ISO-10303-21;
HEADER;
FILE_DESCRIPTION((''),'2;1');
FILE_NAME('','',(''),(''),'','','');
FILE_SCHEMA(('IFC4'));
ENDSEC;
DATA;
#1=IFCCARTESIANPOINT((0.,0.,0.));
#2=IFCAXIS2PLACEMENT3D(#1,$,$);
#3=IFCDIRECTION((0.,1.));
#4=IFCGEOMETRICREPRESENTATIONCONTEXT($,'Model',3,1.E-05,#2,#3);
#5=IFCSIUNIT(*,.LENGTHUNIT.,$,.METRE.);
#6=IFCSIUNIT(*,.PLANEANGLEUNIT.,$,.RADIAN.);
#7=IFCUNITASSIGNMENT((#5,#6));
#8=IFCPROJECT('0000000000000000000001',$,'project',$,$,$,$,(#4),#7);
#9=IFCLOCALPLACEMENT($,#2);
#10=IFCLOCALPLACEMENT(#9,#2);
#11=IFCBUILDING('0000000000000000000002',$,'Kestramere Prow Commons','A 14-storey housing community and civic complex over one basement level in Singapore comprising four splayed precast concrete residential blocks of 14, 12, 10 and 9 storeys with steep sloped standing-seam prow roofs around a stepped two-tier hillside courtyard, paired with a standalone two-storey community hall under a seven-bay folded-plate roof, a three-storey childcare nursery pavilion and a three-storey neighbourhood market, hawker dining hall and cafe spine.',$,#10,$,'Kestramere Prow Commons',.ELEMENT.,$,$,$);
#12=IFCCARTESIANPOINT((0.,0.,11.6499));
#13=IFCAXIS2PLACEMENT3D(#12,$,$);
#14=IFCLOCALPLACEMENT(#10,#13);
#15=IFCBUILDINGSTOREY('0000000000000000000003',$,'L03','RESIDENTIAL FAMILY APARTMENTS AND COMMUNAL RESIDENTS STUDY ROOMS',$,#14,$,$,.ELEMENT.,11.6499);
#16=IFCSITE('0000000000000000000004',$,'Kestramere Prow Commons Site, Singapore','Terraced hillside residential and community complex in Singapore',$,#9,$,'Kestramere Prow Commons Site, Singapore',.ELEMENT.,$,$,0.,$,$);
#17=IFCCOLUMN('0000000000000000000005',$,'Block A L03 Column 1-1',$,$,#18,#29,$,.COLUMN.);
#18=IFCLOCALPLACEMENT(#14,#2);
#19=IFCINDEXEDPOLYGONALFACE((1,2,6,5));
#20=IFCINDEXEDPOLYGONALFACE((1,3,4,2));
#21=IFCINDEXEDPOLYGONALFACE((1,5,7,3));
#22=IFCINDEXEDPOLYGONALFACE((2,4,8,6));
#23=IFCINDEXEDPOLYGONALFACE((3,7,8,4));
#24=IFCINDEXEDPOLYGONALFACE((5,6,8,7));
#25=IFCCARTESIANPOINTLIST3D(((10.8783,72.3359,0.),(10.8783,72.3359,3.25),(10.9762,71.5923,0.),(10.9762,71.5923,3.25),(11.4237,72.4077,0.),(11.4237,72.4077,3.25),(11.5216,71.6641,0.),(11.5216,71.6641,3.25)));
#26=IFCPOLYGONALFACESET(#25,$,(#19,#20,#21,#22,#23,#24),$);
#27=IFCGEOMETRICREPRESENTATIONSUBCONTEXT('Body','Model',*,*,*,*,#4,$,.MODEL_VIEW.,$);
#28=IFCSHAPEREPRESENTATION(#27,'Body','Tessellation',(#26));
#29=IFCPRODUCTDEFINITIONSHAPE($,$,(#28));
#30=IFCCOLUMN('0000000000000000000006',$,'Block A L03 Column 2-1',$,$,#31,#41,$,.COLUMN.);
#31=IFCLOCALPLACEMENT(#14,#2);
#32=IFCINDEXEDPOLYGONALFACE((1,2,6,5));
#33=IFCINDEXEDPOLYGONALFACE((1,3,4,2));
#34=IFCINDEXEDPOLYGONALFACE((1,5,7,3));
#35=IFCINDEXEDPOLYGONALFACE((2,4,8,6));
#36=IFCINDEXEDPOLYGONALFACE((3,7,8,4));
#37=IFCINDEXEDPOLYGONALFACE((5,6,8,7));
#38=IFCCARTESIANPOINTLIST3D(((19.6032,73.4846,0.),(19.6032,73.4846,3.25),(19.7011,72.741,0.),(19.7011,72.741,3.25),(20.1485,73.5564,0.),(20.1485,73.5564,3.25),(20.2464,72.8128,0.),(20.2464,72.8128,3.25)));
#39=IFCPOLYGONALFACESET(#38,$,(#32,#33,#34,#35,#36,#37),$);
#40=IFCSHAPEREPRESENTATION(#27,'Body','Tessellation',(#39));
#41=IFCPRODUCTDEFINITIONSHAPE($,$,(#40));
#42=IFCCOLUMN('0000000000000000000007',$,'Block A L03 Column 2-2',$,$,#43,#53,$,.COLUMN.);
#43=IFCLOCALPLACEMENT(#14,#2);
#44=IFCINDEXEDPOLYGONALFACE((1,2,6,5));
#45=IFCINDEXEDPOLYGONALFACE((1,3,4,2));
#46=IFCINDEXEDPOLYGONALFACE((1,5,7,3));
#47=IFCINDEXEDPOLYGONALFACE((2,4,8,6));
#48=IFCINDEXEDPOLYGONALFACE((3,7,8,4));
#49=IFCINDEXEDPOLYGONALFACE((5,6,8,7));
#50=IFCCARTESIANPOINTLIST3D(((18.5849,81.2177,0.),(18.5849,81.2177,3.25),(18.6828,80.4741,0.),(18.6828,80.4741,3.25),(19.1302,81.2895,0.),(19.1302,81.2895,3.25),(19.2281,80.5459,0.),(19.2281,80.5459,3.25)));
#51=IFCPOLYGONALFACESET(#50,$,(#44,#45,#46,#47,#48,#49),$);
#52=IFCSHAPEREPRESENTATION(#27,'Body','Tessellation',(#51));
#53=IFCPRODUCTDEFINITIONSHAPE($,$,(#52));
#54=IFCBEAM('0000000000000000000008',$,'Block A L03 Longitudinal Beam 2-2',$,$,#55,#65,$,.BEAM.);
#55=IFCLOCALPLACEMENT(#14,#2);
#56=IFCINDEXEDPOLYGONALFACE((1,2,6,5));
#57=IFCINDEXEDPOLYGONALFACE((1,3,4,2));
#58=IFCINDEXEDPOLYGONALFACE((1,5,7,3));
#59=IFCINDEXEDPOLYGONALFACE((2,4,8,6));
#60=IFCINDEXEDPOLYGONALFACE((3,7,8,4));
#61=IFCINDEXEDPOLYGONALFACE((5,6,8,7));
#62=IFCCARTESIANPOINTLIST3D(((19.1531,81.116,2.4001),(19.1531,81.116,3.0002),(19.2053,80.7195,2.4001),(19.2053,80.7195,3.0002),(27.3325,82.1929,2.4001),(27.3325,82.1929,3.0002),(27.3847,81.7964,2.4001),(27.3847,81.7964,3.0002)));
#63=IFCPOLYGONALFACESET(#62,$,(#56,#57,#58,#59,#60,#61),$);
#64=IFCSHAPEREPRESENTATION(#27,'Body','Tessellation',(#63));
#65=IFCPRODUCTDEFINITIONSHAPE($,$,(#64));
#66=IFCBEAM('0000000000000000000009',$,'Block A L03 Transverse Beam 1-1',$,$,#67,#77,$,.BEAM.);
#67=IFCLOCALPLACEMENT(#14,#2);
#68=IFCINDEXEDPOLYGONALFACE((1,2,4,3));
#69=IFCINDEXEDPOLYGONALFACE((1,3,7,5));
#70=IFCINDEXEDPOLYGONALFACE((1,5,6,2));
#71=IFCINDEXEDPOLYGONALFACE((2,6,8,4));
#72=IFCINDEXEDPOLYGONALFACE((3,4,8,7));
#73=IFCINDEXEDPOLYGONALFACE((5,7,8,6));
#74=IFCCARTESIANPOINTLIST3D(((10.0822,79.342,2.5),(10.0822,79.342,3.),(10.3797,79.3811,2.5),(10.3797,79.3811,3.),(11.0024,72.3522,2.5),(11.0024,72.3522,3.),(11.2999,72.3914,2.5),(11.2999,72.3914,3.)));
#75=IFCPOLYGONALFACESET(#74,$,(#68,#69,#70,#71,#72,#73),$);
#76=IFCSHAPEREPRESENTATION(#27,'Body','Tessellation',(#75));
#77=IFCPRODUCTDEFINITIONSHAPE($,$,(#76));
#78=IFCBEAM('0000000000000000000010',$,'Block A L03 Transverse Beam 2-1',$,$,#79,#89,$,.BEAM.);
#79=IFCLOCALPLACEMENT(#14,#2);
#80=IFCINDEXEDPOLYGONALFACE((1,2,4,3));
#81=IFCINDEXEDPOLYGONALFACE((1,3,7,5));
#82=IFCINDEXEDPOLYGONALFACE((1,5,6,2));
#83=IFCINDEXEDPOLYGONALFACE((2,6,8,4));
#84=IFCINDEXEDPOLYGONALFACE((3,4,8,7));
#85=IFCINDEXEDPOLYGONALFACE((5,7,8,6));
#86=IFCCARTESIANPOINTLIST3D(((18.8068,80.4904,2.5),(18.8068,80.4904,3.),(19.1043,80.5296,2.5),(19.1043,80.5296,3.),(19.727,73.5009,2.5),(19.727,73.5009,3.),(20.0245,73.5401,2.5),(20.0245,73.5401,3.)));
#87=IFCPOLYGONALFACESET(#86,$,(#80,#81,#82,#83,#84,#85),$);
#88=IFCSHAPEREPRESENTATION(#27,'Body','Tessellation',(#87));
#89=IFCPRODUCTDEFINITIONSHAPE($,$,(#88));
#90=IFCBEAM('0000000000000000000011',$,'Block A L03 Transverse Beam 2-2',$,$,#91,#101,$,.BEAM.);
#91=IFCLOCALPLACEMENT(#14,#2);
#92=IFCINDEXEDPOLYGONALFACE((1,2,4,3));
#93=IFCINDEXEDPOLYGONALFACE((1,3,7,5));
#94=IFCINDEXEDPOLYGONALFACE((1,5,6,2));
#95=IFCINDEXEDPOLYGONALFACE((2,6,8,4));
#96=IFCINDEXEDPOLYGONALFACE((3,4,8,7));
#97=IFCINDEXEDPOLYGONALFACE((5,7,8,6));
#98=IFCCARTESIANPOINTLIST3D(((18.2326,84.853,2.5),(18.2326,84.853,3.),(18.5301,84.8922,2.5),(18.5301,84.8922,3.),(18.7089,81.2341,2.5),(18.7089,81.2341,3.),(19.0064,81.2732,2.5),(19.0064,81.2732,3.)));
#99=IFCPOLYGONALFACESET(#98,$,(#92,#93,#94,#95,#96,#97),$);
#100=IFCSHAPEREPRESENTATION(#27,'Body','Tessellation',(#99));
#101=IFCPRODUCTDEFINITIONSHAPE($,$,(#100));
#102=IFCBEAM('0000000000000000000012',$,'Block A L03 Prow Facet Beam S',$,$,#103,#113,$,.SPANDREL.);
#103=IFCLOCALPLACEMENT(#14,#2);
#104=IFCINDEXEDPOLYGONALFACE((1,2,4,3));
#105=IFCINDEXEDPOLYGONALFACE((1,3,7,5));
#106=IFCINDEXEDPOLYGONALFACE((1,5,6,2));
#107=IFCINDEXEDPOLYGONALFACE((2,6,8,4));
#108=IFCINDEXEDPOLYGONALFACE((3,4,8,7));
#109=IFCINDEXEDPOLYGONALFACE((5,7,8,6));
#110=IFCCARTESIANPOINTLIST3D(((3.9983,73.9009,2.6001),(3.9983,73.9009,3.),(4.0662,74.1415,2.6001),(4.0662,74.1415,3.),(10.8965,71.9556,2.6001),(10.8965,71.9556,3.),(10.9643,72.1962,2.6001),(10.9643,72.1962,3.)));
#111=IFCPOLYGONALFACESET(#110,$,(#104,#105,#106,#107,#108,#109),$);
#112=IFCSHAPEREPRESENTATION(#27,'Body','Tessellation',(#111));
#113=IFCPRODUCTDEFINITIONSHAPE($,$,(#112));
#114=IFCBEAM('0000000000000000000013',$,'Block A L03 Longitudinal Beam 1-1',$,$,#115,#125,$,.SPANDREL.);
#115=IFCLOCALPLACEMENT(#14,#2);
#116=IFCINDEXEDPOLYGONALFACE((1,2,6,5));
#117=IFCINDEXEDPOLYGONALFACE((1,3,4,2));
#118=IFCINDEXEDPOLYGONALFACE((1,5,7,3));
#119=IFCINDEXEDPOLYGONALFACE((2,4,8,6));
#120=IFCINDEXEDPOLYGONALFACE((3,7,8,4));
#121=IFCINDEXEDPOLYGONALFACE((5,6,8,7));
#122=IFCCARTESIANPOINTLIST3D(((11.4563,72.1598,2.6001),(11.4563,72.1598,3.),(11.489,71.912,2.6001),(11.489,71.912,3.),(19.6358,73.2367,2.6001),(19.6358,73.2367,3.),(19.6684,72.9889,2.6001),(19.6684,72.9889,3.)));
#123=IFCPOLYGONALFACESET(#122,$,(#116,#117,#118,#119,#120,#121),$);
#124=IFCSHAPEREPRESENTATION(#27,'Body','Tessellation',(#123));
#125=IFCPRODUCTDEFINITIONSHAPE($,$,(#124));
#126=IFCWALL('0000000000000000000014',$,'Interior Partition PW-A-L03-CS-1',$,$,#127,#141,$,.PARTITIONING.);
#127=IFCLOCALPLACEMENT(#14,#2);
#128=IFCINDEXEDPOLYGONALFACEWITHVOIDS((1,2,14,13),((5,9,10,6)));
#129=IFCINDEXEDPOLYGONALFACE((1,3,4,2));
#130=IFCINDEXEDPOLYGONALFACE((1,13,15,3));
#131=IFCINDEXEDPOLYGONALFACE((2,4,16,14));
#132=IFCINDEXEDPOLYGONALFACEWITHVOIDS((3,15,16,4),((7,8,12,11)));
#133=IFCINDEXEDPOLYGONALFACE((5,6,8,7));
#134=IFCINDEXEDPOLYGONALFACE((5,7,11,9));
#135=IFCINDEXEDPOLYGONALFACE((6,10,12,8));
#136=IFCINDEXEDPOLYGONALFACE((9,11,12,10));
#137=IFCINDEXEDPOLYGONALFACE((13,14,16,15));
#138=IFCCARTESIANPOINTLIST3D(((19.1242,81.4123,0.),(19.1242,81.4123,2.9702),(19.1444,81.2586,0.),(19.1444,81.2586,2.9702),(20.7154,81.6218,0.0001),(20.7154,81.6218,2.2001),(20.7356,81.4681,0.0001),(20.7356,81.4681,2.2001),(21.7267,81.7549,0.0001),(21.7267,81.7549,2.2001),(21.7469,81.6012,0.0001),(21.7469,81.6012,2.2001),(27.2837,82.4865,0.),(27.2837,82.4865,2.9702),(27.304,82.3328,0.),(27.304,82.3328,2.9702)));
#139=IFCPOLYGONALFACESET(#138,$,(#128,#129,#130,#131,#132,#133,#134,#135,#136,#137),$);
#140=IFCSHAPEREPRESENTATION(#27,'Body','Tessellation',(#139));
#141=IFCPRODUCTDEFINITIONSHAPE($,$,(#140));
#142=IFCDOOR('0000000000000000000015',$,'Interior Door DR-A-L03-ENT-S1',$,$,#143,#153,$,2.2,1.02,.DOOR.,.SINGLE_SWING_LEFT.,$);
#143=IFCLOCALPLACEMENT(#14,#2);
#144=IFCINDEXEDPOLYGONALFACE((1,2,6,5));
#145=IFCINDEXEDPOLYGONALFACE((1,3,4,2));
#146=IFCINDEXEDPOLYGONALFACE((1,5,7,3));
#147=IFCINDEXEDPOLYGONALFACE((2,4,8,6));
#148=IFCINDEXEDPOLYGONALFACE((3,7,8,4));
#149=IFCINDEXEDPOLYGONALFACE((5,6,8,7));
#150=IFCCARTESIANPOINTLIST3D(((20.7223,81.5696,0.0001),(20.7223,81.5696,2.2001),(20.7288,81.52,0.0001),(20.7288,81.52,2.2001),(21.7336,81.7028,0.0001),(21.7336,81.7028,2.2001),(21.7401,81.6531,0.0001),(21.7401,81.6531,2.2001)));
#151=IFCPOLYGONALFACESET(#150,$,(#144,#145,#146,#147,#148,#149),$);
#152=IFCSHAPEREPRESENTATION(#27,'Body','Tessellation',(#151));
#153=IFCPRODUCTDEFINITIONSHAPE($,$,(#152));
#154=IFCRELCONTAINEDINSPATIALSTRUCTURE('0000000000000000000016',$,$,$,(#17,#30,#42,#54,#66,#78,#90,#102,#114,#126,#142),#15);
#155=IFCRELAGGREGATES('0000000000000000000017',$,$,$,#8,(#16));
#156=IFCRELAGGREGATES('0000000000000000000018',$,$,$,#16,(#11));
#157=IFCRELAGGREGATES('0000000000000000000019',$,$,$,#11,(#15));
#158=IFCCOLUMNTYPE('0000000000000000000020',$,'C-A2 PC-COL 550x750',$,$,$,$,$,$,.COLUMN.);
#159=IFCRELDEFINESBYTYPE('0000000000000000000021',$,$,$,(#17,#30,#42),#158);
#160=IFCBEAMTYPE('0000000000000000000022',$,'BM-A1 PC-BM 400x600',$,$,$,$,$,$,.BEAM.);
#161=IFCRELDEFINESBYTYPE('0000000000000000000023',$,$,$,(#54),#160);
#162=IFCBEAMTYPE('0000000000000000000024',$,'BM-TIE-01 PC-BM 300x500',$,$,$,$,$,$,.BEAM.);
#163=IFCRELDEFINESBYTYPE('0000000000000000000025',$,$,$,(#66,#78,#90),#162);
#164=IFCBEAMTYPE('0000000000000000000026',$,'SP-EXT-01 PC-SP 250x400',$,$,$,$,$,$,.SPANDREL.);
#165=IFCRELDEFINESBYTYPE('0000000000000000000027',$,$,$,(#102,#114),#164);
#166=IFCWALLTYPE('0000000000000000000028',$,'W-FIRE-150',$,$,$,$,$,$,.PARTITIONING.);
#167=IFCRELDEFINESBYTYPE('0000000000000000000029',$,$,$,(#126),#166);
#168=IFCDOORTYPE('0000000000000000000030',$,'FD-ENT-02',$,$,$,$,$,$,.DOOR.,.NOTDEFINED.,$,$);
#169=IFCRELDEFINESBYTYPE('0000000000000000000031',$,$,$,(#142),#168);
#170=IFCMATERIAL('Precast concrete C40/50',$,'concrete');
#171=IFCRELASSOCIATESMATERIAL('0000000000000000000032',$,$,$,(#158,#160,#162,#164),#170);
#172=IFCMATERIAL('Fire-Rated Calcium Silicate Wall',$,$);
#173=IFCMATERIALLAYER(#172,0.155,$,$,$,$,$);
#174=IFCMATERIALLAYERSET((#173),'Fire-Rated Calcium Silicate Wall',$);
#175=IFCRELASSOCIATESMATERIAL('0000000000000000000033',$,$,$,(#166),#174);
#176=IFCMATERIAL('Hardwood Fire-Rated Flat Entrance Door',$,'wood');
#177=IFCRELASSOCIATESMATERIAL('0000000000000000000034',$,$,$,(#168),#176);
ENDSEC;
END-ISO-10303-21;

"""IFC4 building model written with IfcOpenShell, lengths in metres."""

from ifc_helpers import new_model, si_unit, direction, frame, frame_2d, origin, origin_2d, place, context, subcontext, project, spatial, rectangle, extrude, material, layer, layer_set, material_profile, profile_set, type_object, element, fill, save


model = new_model("IFC4")

# Units and contexts
model_context = context("Model", 3, precision=1e-05, world=origin(), true_north=direction((0.0, 1.0)))
body_context = subcontext(model_context, "Body", "Model", "MODEL_VIEW")
ifc_project = project(units=[si_unit("LENGTHUNIT", "METRE"), si_unit("PLANEANGLEUNIT", "RADIAN")], contexts=[model_context])

# Site, building, storey
site_placement = place(None, origin())
site = spatial("IfcSite", under=ifc_project, at=site_placement, Name="Kestramere Prow Commons Site, Singapore", Description="Terraced hillside residential and community complex in Singapore", LongName="Kestramere Prow Commons Site, Singapore", CompositionType="ELEMENT", RefElevation=0.0)
building_placement = place(site_placement, origin())
building = spatial("IfcBuilding", under=site, at=building_placement, Name="Kestramere Prow Commons", Description="A 14-storey housing community and civic complex over one basement level in Singapore comprising four splayed precast concrete residential blocks of 14, 12, 10 and 9 storeys with steep sloped standing-seam prow roofs around a stepped two-tier hillside courtyard, paired with a standalone two-storey community hall under a seven-bay folded-plate roof, a three-storey childcare nursery pavilion and a three-storey neighbourhood market, hawker dining hall and cafe spine.", LongName="Kestramere Prow Commons", CompositionType="ELEMENT")
storey_placement = place(building_placement, frame((0.0, 0.0, 11.6499)))
storey = spatial("IfcBuildingStorey", under=building, at=storey_placement, Name="L03", Description="RESIDENTIAL FAMILY APARTMENTS AND COMMUNAL RESIDENTS STUDY ROOMS", CompositionType="ELEMENT", Elevation=11.6499)

# Columns
ifc_material_1 = material(Name="Precast concrete C40/50", Category="concrete")
ifc_material_profile_1 = material_profile(ifc_material_1, rectangle(XDim=0.55, YDim=0.75, at=origin_2d()), Name="PC-COL 550x750")
ifc_profile_set_1 = profile_set([ifc_material_profile_1], Name="Precast concrete C40/50")
column_type = type_object("IfcColumnType", Name="C-A2 PC-COL 550x750", PredefinedType="COLUMN", material=ifc_profile_set_1)
for number, where, z_axis, x_axis, name in (
    (1, (11.2, 72.0, 0.0), (0.0, 0.0, 1.0), (0.991445, 0.130526, 0.0), "Block A L03 Column 1-1"),
    (2, (19.9248, 73.1487, 0.0), (0.0, 0.0, 1.0), (0.991445, 0.130526, 0.0), "Block A L03 Column 2-1"),
    (3, (18.9065, 80.8818, 0.0), (0.0, 0.0, 1.0), (0.991445, 0.130526, 0.0), "Block A L03 Column 2-2"),
):
    element("IfcColumn", number, at=place(storey_placement, frame(where, z_axis=z_axis, x_axis=x_axis)), inside=storey, type_object=column_type, Name=name, PredefinedType="COLUMN", context=body_context, shape_type="SweptSolid", body=[
        extrude(rectangle(XDim=0.55, YDim=0.75, at=origin_2d()), origin(), (0.0, 0.0, 1.0), 3.25),
    ])

# Beams
ifc_material_profile_2 = material_profile(ifc_material_1, rectangle(XDim=0.3999, YDim=0.6001, at=origin_2d()), Name="PC-BM 400x600")
ifc_profile_set_2 = profile_set([ifc_material_profile_2], Name="Precast concrete C40/50")
beam_type_1 = type_object("IfcBeamType", Name="BM-A1 PC-BM 400x600", PredefinedType="BEAM", material=ifc_profile_set_2)
beam_1_placement = place(storey_placement, frame((19.1792, 80.9177, 2.7002), z_axis=(0.991444, 0.130533, 0.0), x_axis=(-0.130533, 0.991444, 0.0)))
element("IfcBeam", 4, at=beam_1_placement, inside=storey, type_object=beam_type_1, Name="Block A L03 Longitudinal Beam 2-2", PredefinedType="BEAM", context=body_context, shape_type="SweptSolid", body=[
    extrude(rectangle(XDim=0.3999, YDim=0.6001, at=origin_2d()), origin(), (0.0, 0.0, 1.0), 8.25),
])
ifc_material_profile_3 = material_profile(ifc_material_1, rectangle(XDim=0.3, YDim=0.5, at=origin_2d()), Name="PC-BM 300x500")
ifc_profile_set_3 = profile_set([ifc_material_profile_3], Name="Precast concrete C40/50")
beam_type_2 = type_object("IfcBeamType", Name="BM-TIE-01 PC-BM 300x500", PredefinedType="BEAM", material=ifc_profile_set_3)
beam_2_placement = place(storey_placement, frame((11.1511, 72.3718, 2.75), z_axis=(-0.130519, 0.991446, 0.0), x_axis=(-0.991446, -0.130519, 0.0)))
element("IfcBeam", 5, at=beam_2_placement, inside=storey, type_object=beam_type_2, Name="Block A L03 Transverse Beam 1-1", PredefinedType="BEAM", context=body_context, shape_type="SweptSolid", body=[
    extrude(rectangle(XDim=0.3, YDim=0.5, at=origin_2d()), origin(), (0.0, 0.0, 1.0), 7.05),
])
beam_3_placement = place(storey_placement, frame((19.8757, 73.5205, 2.75), z_axis=(-0.130523, 0.991445, 0.0), x_axis=(-0.991445, -0.130523, 0.0)))
element("IfcBeam", 6, at=beam_3_placement, inside=storey, type_object=beam_type_2, Name="Block A L03 Transverse Beam 2-1", PredefinedType="BEAM", context=body_context, shape_type="SweptSolid", body=[
    extrude(rectangle(XDim=0.3, YDim=0.5, at=origin_2d()), origin(), (0.0, 0.0, 1.0), 7.0498),
])
beam_4_placement = place(storey_placement, frame((18.8577, 81.2537, 2.75), z_axis=(-0.130494, 0.991449, 0.0), x_axis=(-0.991449, -0.130494, 0.0)))
element("IfcBeam", 7, at=beam_4_placement, inside=storey, type_object=beam_type_2, Name="Block A L03 Transverse Beam 2-2", PredefinedType="BEAM", context=body_context, shape_type="SweptSolid", body=[
    extrude(rectangle(XDim=0.3, YDim=0.5, at=origin_2d()), origin(), (0.0, 0.0, 1.0), 3.6501),
])
ifc_material_profile_4 = material_profile(ifc_material_1, rectangle(XDim=0.25, YDim=0.3999, at=origin_2d()), Name="PC-SP 250x400")
ifc_profile_set_4 = profile_set([ifc_material_profile_4], Name="Precast concrete C40/50")
beam_type_3 = type_object("IfcBeamType", Name="SP-EXT-01 PC-SP 250x400", PredefinedType="SPANDREL", material=ifc_profile_set_4)
beam_5_placement = place(storey_placement, frame((10.9304, 72.0759, 2.8), z_axis=(-0.962462, 0.271417, 0.0), x_axis=(-0.271417, -0.962462, 0.0)))
element("IfcBeam", 8, at=beam_5_placement, inside=storey, type_object=beam_type_3, Name="Block A L03 Prow Facet Beam S", PredefinedType="SPANDREL", context=body_context, shape_type="SweptSolid", body=[
    extrude(rectangle(XDim=0.25, YDim=0.3999, at=origin_2d()), origin(), (0.0, 0.0, 1.0), 7.1672),
])
beam_6_placement = place(storey_placement, frame((11.4727, 72.0359, 2.8), z_axis=(0.991444, 0.130533, 0.0), x_axis=(-0.130533, 0.991444, 0.0)))
element("IfcBeam", 9, at=beam_6_placement, inside=storey, type_object=beam_type_3, Name="Block A L03 Longitudinal Beam 1-1", PredefinedType="SPANDREL", context=body_context, shape_type="SweptSolid", body=[
    extrude(rectangle(XDim=0.25, YDim=0.3999, at=origin_2d()), origin(), (0.0, 0.0, 1.0), 8.25),
])

# Wall, opening, door
ifc_material_2 = material(Name="Fire-Rated Calcium Silicate Wall")
ifc_layer_1 = layer(ifc_material_2, 0.155)
ifc_layer_set_1 = layer_set([ifc_layer_1], Name="Fire-Rated Calcium Silicate Wall")
wall_type_1 = type_object("IfcWallType", Name="W-FIRE-150", PredefinedType="PARTITIONING", material=ifc_layer_set_1)
wall_1_placement = place(storey_placement, frame((19.1343, 81.3354, 0.0), z_axis=(0.0, 0.0, 1.0), x_axis=(0.991445, 0.130524, 0.0)))
wall_1 = element("IfcWall", 10, at=wall_1_placement, inside=storey, type_object=wall_type_1, Name="Interior Partition PW-A-L03-CS-1", PredefinedType="PARTITIONING", context=body_context, shape_type="SweptSolid", body=[
    extrude(rectangle(XDim=8.23, YDim=0.155, at=frame_2d((4.115, 0.0))), origin(), (0.0, 0.0, 1.0), 2.9702),
])
opening_1_placement = place(wall_1_placement, frame((1.605, 0.0, 0.0)))
opening_1 = element("IfcOpeningElement", 11, at=opening_1_placement, cuts=wall_1, PredefinedType="OPENING", context=body_context, shape_type="SweptSolid", body=[
    extrude(rectangle(XDim=1.02, YDim=2.2, at=frame_2d((0.51, 1.1001))), frame((0.0, 0.0925, 0.0), z_axis=(0.0, -1.0, 0.0), x_axis=(1.0, 0.0, 0.0)), (0.0, 0.0, 1.0), 0.1851),
])
ifc_material_3 = material(Name="Hardwood Fire-Rated Flat Entrance Door", Category="wood")
door_type_1 = type_object("IfcDoorType", Name="FD-ENT-02", OperationType="NOTDEFINED", PredefinedType="DOOR", material=ifc_material_3)
door_1_placement = place(opening_1_placement, origin())
door_1 = element("IfcDoor", 12, at=door_1_placement, inside=storey, type_object=door_type_1, Name="Interior Door DR-A-L03-ENT-S1", OperationType="SINGLE_SWING_LEFT", OverallHeight=2.2, OverallWidth=1.02, PredefinedType="DOOR", context=body_context, shape_type="SweptSolid", body=[
    extrude(rectangle(XDim=1.02, YDim=2.2, at=frame_2d((0.51, 1.1001))), frame((0.0, 0.0249, 0.0), z_axis=(0.0, -1.0, 0.0), x_axis=(1.0, 0.0, 0.0)), (0.0, 0.0, 1.0), 0.05),
])
fill(opening_1, door_1)

save(model, "model.ifc")
